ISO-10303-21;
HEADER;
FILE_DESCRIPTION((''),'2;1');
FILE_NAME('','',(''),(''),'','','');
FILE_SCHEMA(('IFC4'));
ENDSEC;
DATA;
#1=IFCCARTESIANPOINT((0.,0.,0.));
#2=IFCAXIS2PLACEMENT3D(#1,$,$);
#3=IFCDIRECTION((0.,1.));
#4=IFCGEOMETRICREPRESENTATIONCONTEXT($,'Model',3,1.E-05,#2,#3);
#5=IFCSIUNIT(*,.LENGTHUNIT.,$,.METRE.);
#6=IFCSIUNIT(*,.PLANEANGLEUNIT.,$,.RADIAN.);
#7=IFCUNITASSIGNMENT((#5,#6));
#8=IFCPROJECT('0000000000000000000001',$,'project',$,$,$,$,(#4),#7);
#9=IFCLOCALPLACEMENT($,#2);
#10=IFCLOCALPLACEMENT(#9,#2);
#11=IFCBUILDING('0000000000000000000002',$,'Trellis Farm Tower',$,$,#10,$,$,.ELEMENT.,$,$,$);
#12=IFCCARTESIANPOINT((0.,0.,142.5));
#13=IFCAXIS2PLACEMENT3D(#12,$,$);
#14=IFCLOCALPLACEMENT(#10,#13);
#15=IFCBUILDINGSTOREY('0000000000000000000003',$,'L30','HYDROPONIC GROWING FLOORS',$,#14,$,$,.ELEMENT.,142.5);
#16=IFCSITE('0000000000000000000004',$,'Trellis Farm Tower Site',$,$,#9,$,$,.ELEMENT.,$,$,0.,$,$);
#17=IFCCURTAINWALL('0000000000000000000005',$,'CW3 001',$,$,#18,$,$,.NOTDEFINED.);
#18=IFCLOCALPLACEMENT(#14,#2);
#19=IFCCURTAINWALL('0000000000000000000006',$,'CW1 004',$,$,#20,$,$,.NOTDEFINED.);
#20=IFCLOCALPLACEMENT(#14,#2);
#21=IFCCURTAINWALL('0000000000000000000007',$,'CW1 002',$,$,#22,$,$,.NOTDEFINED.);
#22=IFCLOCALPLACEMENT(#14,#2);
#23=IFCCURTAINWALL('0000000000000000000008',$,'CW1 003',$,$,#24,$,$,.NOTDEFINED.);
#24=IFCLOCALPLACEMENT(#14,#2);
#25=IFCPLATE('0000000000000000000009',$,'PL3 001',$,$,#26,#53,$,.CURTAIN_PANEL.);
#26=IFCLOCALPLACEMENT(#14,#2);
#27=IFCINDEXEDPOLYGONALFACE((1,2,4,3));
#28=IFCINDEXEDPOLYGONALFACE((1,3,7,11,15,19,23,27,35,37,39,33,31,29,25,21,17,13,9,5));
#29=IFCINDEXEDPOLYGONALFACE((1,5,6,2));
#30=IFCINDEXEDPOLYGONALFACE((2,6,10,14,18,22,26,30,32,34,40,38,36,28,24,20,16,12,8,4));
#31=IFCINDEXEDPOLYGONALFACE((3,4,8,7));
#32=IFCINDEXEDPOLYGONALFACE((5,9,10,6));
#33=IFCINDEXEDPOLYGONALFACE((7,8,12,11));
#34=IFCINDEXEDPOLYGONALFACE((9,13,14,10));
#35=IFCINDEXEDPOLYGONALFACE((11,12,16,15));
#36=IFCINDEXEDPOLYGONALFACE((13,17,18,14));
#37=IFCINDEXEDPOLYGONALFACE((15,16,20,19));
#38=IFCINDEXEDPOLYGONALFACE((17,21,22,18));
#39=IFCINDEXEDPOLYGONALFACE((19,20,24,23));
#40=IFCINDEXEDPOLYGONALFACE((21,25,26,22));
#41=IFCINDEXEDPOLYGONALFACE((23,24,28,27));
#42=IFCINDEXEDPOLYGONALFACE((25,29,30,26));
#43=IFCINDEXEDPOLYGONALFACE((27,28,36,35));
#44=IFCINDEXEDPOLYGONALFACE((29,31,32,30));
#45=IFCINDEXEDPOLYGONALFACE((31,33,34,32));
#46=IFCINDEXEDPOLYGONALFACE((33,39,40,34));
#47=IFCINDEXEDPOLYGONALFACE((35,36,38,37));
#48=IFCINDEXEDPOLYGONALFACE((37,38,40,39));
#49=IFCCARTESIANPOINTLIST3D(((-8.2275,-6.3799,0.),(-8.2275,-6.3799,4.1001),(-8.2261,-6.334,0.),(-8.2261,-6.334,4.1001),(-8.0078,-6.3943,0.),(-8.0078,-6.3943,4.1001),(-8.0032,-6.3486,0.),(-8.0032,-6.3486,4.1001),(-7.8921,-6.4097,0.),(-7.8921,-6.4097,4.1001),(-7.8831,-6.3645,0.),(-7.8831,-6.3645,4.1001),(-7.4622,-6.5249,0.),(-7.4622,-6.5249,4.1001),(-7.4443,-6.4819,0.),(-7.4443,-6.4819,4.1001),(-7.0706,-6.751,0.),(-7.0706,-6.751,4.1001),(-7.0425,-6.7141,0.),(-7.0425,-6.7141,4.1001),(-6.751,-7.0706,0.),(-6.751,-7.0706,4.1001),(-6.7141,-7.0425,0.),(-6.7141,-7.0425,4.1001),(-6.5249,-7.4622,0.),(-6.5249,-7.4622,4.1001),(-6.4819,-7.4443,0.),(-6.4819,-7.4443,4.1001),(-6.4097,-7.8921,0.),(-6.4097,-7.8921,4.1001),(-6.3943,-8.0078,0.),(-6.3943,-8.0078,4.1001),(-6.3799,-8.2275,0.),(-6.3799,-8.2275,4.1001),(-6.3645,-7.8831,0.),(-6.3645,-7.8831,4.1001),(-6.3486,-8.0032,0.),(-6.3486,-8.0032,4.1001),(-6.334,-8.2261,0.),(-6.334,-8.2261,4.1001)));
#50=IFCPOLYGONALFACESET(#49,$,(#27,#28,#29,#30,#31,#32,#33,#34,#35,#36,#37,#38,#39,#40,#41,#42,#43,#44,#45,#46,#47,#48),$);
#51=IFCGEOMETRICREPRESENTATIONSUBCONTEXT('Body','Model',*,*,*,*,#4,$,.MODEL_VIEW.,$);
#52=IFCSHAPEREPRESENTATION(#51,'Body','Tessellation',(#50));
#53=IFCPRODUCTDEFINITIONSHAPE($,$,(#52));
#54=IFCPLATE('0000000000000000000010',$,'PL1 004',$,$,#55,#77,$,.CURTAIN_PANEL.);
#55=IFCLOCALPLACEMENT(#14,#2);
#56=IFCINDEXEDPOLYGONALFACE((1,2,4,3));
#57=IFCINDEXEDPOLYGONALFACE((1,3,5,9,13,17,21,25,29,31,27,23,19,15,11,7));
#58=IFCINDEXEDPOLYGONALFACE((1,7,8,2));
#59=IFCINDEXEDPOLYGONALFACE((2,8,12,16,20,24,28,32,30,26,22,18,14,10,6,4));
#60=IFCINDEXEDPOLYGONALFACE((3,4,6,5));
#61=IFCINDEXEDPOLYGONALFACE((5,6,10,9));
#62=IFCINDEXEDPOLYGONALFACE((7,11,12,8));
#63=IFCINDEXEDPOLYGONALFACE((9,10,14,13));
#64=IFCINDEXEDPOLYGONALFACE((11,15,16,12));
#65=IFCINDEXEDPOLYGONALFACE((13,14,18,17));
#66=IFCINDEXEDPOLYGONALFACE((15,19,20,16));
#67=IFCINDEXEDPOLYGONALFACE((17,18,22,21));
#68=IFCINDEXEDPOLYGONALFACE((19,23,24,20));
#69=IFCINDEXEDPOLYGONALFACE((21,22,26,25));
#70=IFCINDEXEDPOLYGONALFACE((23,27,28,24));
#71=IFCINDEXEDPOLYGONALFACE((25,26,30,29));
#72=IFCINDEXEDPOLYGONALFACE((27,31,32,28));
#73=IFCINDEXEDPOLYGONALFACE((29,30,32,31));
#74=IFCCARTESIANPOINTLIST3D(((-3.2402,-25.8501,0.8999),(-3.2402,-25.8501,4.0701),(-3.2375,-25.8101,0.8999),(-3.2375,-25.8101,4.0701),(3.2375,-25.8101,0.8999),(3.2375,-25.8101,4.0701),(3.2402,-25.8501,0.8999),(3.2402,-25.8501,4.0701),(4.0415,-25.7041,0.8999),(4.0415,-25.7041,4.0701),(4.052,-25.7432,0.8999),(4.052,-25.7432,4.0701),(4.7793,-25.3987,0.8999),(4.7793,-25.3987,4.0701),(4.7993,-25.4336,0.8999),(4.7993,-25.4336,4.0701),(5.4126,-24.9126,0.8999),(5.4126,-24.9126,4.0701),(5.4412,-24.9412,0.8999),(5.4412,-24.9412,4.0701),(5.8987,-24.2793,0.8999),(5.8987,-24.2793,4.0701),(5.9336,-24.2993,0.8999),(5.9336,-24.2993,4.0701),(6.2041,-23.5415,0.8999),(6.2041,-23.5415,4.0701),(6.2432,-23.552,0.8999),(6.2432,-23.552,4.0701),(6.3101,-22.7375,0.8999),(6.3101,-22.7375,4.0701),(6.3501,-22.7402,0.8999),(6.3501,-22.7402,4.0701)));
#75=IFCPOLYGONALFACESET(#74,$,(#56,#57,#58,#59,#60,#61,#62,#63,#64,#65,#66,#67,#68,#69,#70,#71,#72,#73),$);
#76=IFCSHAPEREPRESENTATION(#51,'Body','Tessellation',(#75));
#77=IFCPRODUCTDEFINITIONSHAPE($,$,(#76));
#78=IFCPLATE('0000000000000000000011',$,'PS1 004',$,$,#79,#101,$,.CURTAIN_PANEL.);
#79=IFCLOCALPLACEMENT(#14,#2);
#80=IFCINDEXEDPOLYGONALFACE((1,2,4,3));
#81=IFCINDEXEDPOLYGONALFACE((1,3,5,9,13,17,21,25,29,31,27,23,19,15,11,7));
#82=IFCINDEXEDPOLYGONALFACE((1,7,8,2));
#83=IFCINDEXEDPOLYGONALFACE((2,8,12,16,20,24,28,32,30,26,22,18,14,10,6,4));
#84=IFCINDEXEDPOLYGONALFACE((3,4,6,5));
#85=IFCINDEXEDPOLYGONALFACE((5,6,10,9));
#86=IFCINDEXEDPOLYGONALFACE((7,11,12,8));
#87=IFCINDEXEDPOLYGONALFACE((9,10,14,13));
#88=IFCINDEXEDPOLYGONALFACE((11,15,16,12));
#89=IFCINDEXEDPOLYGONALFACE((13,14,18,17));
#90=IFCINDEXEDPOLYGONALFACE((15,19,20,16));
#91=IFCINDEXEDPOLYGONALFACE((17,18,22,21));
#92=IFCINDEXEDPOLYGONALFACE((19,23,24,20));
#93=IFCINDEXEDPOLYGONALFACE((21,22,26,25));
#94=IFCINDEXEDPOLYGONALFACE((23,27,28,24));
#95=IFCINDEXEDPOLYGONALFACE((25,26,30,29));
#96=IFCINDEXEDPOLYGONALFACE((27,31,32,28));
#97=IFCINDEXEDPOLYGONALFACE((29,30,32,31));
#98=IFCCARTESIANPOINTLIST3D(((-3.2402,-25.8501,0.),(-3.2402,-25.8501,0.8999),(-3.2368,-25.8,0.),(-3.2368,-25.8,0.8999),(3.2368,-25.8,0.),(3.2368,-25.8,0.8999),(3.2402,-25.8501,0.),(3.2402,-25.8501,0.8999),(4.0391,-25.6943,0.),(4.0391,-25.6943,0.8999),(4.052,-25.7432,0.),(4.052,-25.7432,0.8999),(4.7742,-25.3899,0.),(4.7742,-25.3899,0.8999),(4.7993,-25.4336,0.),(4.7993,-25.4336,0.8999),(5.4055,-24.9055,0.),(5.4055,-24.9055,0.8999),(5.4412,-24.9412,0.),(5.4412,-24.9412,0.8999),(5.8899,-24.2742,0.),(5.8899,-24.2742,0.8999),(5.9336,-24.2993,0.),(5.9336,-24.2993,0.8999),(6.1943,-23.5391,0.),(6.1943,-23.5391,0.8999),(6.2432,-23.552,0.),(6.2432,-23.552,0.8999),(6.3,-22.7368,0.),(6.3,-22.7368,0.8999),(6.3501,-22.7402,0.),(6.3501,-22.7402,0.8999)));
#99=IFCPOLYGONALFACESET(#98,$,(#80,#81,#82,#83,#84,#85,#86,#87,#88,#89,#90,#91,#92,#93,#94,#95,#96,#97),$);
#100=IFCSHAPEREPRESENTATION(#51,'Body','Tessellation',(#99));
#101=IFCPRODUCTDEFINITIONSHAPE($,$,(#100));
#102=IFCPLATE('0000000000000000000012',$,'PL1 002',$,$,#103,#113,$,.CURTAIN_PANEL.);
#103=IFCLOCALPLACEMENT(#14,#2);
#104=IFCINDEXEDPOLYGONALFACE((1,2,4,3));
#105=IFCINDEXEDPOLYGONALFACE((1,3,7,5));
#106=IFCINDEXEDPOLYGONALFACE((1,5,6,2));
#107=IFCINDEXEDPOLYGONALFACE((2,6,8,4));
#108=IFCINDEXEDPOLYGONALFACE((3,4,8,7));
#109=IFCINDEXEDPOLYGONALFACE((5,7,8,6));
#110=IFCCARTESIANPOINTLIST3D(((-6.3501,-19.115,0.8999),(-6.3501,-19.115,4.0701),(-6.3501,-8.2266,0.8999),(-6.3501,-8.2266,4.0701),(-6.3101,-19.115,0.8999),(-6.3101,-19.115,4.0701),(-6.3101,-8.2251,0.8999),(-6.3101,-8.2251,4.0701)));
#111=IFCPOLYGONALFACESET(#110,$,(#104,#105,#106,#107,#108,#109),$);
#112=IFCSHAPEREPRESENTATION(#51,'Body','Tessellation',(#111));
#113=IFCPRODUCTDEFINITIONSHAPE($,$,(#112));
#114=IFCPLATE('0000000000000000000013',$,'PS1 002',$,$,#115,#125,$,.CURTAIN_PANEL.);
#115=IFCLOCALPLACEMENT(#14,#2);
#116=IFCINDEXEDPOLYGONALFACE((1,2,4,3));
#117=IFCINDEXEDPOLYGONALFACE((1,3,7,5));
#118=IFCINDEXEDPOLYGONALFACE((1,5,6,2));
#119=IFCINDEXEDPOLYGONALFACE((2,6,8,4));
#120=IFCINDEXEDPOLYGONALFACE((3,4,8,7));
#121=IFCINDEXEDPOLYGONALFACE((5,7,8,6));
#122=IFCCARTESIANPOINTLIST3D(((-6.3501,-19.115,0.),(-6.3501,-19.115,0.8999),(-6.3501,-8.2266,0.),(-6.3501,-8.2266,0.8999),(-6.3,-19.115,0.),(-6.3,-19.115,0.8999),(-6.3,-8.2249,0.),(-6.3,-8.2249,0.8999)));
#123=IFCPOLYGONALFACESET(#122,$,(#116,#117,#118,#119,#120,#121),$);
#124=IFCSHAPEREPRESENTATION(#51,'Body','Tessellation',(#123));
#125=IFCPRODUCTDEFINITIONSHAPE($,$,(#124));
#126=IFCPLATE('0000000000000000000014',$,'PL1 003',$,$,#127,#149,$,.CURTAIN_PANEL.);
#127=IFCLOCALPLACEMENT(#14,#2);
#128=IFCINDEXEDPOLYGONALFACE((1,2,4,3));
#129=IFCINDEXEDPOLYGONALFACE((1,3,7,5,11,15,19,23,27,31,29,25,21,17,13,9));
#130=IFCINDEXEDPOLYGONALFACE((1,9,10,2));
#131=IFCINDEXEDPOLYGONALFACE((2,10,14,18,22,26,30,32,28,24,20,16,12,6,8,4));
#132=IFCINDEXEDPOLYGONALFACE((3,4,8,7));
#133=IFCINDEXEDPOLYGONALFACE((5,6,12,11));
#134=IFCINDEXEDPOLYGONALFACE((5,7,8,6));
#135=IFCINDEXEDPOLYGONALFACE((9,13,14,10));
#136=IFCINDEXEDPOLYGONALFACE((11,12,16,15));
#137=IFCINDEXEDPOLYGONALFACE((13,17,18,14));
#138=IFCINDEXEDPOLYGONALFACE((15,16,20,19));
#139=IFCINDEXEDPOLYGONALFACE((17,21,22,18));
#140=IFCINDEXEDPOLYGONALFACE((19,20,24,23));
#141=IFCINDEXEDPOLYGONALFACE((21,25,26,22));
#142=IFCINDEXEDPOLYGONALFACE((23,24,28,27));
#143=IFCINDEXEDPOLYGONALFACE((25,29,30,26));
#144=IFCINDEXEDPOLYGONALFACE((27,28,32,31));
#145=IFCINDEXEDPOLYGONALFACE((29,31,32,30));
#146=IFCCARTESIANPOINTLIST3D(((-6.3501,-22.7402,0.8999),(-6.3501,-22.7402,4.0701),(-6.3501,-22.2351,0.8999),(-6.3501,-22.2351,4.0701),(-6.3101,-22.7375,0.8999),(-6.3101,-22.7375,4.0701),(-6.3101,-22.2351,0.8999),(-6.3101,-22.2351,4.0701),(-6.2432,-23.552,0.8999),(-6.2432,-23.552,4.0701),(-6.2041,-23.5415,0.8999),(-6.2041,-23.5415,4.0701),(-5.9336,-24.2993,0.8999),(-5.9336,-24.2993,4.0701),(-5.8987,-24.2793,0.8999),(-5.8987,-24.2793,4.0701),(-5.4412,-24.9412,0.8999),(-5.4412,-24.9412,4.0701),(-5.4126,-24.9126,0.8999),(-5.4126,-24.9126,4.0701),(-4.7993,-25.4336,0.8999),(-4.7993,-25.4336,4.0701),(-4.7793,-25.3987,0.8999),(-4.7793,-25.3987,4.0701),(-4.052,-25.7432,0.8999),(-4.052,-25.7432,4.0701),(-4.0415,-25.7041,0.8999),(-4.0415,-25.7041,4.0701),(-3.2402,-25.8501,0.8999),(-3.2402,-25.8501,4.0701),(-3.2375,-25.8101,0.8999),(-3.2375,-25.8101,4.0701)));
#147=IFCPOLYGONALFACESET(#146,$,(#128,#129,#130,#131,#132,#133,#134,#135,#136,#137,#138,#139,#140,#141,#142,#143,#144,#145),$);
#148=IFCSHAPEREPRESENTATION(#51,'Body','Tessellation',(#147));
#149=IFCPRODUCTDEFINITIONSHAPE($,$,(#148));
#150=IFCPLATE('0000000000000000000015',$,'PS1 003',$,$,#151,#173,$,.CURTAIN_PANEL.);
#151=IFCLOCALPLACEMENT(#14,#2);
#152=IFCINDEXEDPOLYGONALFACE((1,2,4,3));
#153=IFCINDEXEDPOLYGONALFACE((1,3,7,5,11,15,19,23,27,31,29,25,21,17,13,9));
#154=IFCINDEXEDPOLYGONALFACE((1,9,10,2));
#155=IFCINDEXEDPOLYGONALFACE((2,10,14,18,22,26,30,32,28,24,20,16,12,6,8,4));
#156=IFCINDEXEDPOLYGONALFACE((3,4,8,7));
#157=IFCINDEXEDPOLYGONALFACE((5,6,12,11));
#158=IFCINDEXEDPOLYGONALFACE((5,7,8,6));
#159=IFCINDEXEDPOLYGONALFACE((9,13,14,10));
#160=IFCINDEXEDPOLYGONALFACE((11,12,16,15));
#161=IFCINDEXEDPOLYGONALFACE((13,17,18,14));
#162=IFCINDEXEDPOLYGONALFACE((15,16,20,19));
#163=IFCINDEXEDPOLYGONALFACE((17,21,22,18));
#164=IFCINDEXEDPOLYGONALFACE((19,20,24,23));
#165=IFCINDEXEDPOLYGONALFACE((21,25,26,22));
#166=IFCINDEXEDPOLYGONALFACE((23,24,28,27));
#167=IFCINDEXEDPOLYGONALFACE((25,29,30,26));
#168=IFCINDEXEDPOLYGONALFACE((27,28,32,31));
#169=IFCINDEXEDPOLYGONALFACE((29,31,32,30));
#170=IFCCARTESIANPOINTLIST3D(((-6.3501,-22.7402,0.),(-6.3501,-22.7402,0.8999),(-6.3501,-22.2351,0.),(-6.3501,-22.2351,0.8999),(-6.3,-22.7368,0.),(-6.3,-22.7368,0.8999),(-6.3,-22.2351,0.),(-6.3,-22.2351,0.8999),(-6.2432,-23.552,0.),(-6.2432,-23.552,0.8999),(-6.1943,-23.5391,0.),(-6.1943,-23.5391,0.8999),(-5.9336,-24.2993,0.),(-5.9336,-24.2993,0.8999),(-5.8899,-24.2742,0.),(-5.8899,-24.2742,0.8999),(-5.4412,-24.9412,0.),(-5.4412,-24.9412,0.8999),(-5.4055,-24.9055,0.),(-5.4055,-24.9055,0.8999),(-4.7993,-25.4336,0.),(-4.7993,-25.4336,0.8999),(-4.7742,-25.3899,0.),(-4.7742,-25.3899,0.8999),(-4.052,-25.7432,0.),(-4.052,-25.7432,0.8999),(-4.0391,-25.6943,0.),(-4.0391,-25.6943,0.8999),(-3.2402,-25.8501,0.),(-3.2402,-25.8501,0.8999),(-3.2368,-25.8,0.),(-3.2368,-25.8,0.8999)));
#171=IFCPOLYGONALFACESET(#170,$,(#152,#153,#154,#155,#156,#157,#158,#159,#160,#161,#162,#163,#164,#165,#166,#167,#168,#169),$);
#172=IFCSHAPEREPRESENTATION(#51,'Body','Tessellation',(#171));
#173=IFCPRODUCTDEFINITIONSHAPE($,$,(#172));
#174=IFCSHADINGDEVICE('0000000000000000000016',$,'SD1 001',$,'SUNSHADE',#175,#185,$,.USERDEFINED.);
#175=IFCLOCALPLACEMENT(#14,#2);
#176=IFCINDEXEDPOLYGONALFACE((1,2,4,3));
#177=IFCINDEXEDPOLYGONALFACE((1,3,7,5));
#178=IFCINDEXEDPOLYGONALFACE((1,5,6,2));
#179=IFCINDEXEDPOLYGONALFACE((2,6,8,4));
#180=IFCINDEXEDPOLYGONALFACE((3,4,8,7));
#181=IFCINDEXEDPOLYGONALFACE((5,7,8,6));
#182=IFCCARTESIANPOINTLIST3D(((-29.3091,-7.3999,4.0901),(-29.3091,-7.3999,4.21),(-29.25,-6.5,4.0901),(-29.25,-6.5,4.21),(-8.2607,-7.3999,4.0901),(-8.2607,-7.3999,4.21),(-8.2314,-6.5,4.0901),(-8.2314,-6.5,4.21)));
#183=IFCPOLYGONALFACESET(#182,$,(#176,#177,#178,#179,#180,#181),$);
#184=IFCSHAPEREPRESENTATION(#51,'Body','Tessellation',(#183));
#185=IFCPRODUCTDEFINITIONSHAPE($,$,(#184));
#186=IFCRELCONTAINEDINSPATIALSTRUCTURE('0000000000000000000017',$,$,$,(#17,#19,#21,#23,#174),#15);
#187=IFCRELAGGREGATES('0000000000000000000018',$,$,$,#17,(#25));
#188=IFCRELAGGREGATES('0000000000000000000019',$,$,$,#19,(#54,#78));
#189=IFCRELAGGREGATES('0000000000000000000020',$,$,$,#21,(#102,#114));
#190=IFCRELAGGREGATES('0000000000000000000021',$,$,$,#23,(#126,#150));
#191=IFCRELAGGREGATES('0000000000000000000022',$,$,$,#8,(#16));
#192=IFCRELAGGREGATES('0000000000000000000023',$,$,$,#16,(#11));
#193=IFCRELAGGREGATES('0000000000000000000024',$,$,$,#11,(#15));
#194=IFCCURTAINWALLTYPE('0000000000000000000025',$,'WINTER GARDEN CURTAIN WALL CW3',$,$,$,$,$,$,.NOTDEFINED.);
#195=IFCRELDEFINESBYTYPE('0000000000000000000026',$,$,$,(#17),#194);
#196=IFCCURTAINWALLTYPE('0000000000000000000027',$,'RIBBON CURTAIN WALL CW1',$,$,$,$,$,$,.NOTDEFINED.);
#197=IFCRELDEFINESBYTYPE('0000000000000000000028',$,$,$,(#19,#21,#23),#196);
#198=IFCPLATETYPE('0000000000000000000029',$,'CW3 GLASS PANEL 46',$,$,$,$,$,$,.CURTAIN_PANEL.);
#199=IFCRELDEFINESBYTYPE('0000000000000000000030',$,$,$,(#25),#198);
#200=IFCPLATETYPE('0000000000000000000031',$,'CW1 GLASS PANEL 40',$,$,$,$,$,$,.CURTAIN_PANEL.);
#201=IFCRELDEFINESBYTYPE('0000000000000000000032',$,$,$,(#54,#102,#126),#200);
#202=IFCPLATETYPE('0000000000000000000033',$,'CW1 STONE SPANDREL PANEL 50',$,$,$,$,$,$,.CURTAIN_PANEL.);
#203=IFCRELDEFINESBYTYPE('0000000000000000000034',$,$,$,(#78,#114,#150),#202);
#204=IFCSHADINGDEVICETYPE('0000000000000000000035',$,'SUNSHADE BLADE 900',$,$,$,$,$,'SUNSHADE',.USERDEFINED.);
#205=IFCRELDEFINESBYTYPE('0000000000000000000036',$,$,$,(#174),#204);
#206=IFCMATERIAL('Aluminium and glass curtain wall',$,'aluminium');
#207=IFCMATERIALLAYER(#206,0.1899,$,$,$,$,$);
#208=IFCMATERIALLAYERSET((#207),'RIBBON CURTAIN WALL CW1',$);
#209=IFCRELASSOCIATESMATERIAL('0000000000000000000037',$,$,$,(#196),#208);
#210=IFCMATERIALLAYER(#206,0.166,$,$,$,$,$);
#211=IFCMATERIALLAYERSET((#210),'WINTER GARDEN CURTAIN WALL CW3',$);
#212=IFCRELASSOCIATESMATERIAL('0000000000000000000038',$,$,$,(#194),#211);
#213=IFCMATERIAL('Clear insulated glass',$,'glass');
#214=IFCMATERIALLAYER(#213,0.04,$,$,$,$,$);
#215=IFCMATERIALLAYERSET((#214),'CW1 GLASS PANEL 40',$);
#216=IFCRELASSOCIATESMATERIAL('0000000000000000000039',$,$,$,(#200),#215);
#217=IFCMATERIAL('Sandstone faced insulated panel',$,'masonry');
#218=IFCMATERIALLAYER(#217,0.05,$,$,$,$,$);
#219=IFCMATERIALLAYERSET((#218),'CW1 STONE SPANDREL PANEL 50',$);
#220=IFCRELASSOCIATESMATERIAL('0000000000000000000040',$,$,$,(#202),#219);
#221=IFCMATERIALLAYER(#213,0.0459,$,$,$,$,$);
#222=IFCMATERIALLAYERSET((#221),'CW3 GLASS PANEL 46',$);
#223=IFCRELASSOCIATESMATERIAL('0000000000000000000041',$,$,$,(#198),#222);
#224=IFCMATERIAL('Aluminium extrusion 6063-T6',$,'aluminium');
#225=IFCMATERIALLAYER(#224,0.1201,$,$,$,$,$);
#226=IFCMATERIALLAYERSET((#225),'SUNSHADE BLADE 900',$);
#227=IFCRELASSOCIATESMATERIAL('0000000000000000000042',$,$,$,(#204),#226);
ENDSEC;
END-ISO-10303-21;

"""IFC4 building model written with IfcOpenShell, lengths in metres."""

from ifc_helpers import new_model, si_unit, direction, frame, origin, place, context, subcontext, project, spatial, polyline, outline, extrude, source, transform, mapped, material, layer, layer_set, type_object, element, aggregate, save


model = new_model("IFC4")

# Units and contexts
model_context = context("Model", 3, precision=1e-05, world=origin(), true_north=direction((0.0, 1.0)))
body_context = subcontext(model_context, "Body", "Model", "MODEL_VIEW")
ifc_project = project(units=[si_unit("LENGTHUNIT", "METRE"), si_unit("PLANEANGLEUNIT", "RADIAN")], contexts=[model_context])

# Site, building, storey
site_placement = place(None, origin())
site = spatial("IfcSite", under=ifc_project, at=site_placement, Name="Trellis Farm Tower Site", CompositionType="ELEMENT", RefElevation=0.0)
building_placement = place(site_placement, origin())
building = spatial("IfcBuilding", under=site, at=building_placement, Name="Trellis Farm Tower", CompositionType="ELEMENT")
storey_placement = place(building_placement, frame((0.0, 0.0, 142.5)))
storey = spatial("IfcBuildingStorey", under=building, at=storey_placement, Name="L30", Description="HYDROPONIC GROWING FLOORS", CompositionType="ELEMENT", Elevation=142.5)

# Curtain walls
ifc_material_1 = material(Name="Aluminium and glass curtain wall", Category="aluminium")
ifc_layer_1 = layer(ifc_material_1, 0.1899)
ifc_layer_set_1 = layer_set([ifc_layer_1], Name="RIBBON CURTAIN WALL CW1")
curtain_wall_type_1 = type_object("IfcCurtainWallType", Name="RIBBON CURTAIN WALL CW1", PredefinedType="NOTDEFINED", material=ifc_layer_set_1)
placement_1 = place(storey_placement, origin())
ifc_material_2 = material(Name="Aluminium extrusion 6063-T6", Category="aluminium")
ifc_layer_2 = layer(ifc_material_1, 0.166)
ifc_layer_set_2 = layer_set([ifc_layer_2], Name="WINTER GARDEN CURTAIN WALL CW3")
curtain_wall_type_2 = type_object("IfcCurtainWallType", Name="WINTER GARDEN CURTAIN WALL CW3", PredefinedType="NOTDEFINED", material=ifc_layer_set_2)
curtain_wall_1 = element("IfcCurtainWall", 1, at=placement_1, inside=storey, type_object=curtain_wall_type_2, Name="CW3 001", PredefinedType="NOTDEFINED")
curtain_wall_2 = element("IfcCurtainWall", 2, at=placement_1, inside=storey, type_object=curtain_wall_type_1, Name="CW1 004", PredefinedType="NOTDEFINED")
curtain_wall_3 = element("IfcCurtainWall", 3, at=placement_1, inside=storey, type_object=curtain_wall_type_1, Name="CW1 002", PredefinedType="NOTDEFINED")
curtain_wall_4 = element("IfcCurtainWall", 4, at=placement_1, inside=storey, type_object=curtain_wall_type_1, Name="CW1 003", PredefinedType="NOTDEFINED")

# Plates
ifc_material_3 = material(Name="Clear insulated glass", Category="glass")
ifc_layer_3 = layer(ifc_material_3, 0.04)
ifc_layer_set_3 = layer_set([ifc_layer_3], Name="CW1 GLASS PANEL 40")
plate_type_1 = type_object("IfcPlateType", Name="CW1 GLASS PANEL 40", PredefinedType="CURTAIN_PANEL", material=ifc_layer_set_3)
placement_2 = place(storey_placement, frame((0.0, 0.0, 0.8999)))
ifc_material_4 = material(Name="Sandstone faced insulated panel", Category="masonry")
ifc_layer_4 = layer(ifc_material_4, 0.05)
ifc_layer_set_4 = layer_set([ifc_layer_4], Name="CW1 STONE SPANDREL PANEL 50")
plate_type_2 = type_object("IfcPlateType", Name="CW1 STONE SPANDREL PANEL 50", PredefinedType="CURTAIN_PANEL", material=ifc_layer_set_4)
ifc_layer_5 = layer(ifc_material_3, 0.0459)
ifc_layer_set_5 = layer_set([ifc_layer_5], Name="CW3 GLASS PANEL 46")
plate_type_3 = type_object("IfcPlateType", Name="CW3 GLASS PANEL 46", PredefinedType="CURTAIN_PANEL", material=ifc_layer_set_5)
shared_shape_1 = source(origin(), body_context, "Body", "SweptSolid", [
    extrude(outline(polyline([(-8.2275, -6.3799), (-8.0078, -6.3943), (-7.8921, -6.4097), (-7.4622, -6.5249), (-7.0706, -6.751), (-6.751, -7.0706), (-6.5249, -7.4622), (-6.4097, -7.8921), (-6.3943, -8.0078), (-6.3799, -8.2275), (-6.334, -8.2261), (-6.3486, -8.0032), (-6.3645, -7.8831), (-6.4819, -7.4443), (-6.7141, -7.0425), (-7.0425, -6.7141), (-7.4443, -6.4819), (-7.8831, -6.3645), (-8.0032, -6.3486), (-8.2261, -6.334), (-8.2275, -6.3799)])), origin(), (0.0, 0.0, 1.0), 4.1001),
])
plate_1 = element("IfcPlate", 5, at=placement_1, type_object=plate_type_3, Name="PL3 001", PredefinedType="CURTAIN_PANEL", context=body_context, shape_type="MappedRepresentation", body=[
    mapped(shared_shape_1, transform((0.0, 0.0, 0.0))),
])
aggregate(curtain_wall_1, [plate_1])
shared_shape_2 = source(origin(), body_context, "Body", "SweptSolid", [
    extrude(outline(polyline([(-3.2402, -25.8501), (3.2402, -25.8501), (4.052, -25.7432), (4.7993, -25.4336), (5.4412, -24.9412), (5.9336, -24.2993), (6.2432, -23.552), (6.3501, -22.7402), (6.3101, -22.7375), (6.2041, -23.5415), (5.8987, -24.2793), (5.4126, -24.9126), (4.7793, -25.3987), (4.0415, -25.7041), (3.2375, -25.8101), (-3.2375, -25.8101), (-3.2402, -25.8501)])), origin(), (0.0, 0.0, 1.0), 3.1702),
])
plate_2 = element("IfcPlate", 6, at=placement_2, type_object=plate_type_1, Name="PL1 004", PredefinedType="CURTAIN_PANEL", context=body_context, shape_type="MappedRepresentation", body=[
    mapped(shared_shape_2, transform((0.0, 0.0, 0.0))),
])
shared_shape_3 = source(origin(), body_context, "Body", "SweptSolid", [
    extrude(outline(polyline([(-3.2402, -25.8501), (3.2402, -25.8501), (4.052, -25.7432), (4.7993, -25.4336), (5.4412, -24.9412), (5.9336, -24.2993), (6.2432, -23.552), (6.3501, -22.7402), (6.3, -22.7368), (6.1943, -23.5391), (5.8899, -24.2742), (5.4055, -24.9055), (4.7742, -25.3899), (4.0391, -25.6943), (3.2368, -25.8), (-3.2368, -25.8), (-3.2402, -25.8501)])), origin(), (0.0, 0.0, 1.0), 0.8999),
])
plate_3 = element("IfcPlate", 7, at=placement_1, type_object=plate_type_2, Name="PS1 004", PredefinedType="CURTAIN_PANEL", context=body_context, shape_type="MappedRepresentation", body=[
    mapped(shared_shape_3, transform((0.0, 0.0, 0.0))),
])
aggregate(curtain_wall_2, [plate_2, plate_3])
shared_shape_4 = source(origin(), body_context, "Body", "SweptSolid", [
    extrude(outline(polyline([(-6.3501, -8.2266), (-6.3501, -19.115), (-6.3101, -19.115), (-6.3101, -8.2251), (-6.3501, -8.2266)])), origin(), (0.0, 0.0, 1.0), 3.1702),
])
plate_4 = element("IfcPlate", 8, at=placement_2, type_object=plate_type_1, Name="PL1 002", PredefinedType="CURTAIN_PANEL", context=body_context, shape_type="MappedRepresentation", body=[
    mapped(shared_shape_4, transform((0.0, 0.0, 0.0))),
])
shared_shape_5 = source(origin(), body_context, "Body", "SweptSolid", [
    extrude(outline(polyline([(-6.3501, -8.2266), (-6.3501, -19.115), (-6.3, -19.115), (-6.3, -8.2249), (-6.3501, -8.2266)])), origin(), (0.0, 0.0, 1.0), 0.8999),
])
plate_5 = element("IfcPlate", 9, at=placement_1, type_object=plate_type_2, Name="PS1 002", PredefinedType="CURTAIN_PANEL", context=body_context, shape_type="MappedRepresentation", body=[
    mapped(shared_shape_5, transform((0.0, 0.0, 0.0))),
])
aggregate(curtain_wall_3, [plate_4, plate_5])
shared_shape_6 = source(origin(), body_context, "Body", "SweptSolid", [
    extrude(outline(polyline([(-6.3501, -22.2351), (-6.3501, -22.7402), (-6.2432, -23.552), (-5.9336, -24.2993), (-5.4412, -24.9412), (-4.7993, -25.4336), (-4.052, -25.7432), (-3.2402, -25.8501), (-3.2375, -25.8101), (-4.0415, -25.7041), (-4.7793, -25.3987), (-5.4126, -24.9126), (-5.8987, -24.2793), (-6.2041, -23.5415), (-6.3101, -22.7375), (-6.3101, -22.2351), (-6.3501, -22.2351)])), origin(), (0.0, 0.0, 1.0), 3.1702),
])
plate_6 = element("IfcPlate", 10, at=placement_2, type_object=plate_type_1, Name="PL1 003", PredefinedType="CURTAIN_PANEL", context=body_context, shape_type="MappedRepresentation", body=[
    mapped(shared_shape_6, transform((0.0, 0.0, 0.0))),
])
shared_shape_7 = source(origin(), body_context, "Body", "SweptSolid", [
    extrude(outline(polyline([(-6.3501, -22.2351), (-6.3501, -22.7402), (-6.2432, -23.552), (-5.9336, -24.2993), (-5.4412, -24.9412), (-4.7993, -25.4336), (-4.052, -25.7432), (-3.2402, -25.8501), (-3.2368, -25.8), (-4.0391, -25.6943), (-4.7742, -25.3899), (-5.4055, -24.9055), (-5.8899, -24.2742), (-6.1943, -23.5391), (-6.3, -22.7368), (-6.3, -22.2351), (-6.3501, -22.2351)])), origin(), (0.0, 0.0, 1.0), 0.8999),
])
plate_7 = element("IfcPlate", 11, at=placement_1, type_object=plate_type_2, Name="PS1 003", PredefinedType="CURTAIN_PANEL", context=body_context, shape_type="MappedRepresentation", body=[
    mapped(shared_shape_7, transform((0.0, 0.0, 0.0))),
])
aggregate(curtain_wall_4, [plate_6, plate_7])

# Shading device
ifc_layer_6 = layer(ifc_material_2, 0.1201)
ifc_layer_set_6 = layer_set([ifc_layer_6], Name="SUNSHADE BLADE 900")
shading_device_type_1 = type_object("IfcShadingDeviceType", Name="SUNSHADE BLADE 900", ElementType="SUNSHADE", PredefinedType="USERDEFINED", material=ifc_layer_set_6)
shared_shape_8 = source(origin(), body_context, "Body", "SweptSolid", [
    extrude(outline(polyline([(-29.3091, -7.3999), (-8.2607, -7.3999), (-8.2314, -6.5), (-29.25, -6.5), (-29.3091, -7.3999)])), origin(), (0.0, 0.0, 1.0), 0.1199),
])
placement_3 = place(storey_placement, frame((0.0, 0.0, 4.0901)))
element("IfcShadingDevice", 12, at=placement_3, inside=storey, type_object=shading_device_type_1, Name="SD1 001", ObjectType="SUNSHADE", PredefinedType="USERDEFINED", context=body_context, shape_type="MappedRepresentation", body=[
    mapped(shared_shape_8, transform((0.0, 0.0, 0.0))),
])

save(model, "model.ifc")
